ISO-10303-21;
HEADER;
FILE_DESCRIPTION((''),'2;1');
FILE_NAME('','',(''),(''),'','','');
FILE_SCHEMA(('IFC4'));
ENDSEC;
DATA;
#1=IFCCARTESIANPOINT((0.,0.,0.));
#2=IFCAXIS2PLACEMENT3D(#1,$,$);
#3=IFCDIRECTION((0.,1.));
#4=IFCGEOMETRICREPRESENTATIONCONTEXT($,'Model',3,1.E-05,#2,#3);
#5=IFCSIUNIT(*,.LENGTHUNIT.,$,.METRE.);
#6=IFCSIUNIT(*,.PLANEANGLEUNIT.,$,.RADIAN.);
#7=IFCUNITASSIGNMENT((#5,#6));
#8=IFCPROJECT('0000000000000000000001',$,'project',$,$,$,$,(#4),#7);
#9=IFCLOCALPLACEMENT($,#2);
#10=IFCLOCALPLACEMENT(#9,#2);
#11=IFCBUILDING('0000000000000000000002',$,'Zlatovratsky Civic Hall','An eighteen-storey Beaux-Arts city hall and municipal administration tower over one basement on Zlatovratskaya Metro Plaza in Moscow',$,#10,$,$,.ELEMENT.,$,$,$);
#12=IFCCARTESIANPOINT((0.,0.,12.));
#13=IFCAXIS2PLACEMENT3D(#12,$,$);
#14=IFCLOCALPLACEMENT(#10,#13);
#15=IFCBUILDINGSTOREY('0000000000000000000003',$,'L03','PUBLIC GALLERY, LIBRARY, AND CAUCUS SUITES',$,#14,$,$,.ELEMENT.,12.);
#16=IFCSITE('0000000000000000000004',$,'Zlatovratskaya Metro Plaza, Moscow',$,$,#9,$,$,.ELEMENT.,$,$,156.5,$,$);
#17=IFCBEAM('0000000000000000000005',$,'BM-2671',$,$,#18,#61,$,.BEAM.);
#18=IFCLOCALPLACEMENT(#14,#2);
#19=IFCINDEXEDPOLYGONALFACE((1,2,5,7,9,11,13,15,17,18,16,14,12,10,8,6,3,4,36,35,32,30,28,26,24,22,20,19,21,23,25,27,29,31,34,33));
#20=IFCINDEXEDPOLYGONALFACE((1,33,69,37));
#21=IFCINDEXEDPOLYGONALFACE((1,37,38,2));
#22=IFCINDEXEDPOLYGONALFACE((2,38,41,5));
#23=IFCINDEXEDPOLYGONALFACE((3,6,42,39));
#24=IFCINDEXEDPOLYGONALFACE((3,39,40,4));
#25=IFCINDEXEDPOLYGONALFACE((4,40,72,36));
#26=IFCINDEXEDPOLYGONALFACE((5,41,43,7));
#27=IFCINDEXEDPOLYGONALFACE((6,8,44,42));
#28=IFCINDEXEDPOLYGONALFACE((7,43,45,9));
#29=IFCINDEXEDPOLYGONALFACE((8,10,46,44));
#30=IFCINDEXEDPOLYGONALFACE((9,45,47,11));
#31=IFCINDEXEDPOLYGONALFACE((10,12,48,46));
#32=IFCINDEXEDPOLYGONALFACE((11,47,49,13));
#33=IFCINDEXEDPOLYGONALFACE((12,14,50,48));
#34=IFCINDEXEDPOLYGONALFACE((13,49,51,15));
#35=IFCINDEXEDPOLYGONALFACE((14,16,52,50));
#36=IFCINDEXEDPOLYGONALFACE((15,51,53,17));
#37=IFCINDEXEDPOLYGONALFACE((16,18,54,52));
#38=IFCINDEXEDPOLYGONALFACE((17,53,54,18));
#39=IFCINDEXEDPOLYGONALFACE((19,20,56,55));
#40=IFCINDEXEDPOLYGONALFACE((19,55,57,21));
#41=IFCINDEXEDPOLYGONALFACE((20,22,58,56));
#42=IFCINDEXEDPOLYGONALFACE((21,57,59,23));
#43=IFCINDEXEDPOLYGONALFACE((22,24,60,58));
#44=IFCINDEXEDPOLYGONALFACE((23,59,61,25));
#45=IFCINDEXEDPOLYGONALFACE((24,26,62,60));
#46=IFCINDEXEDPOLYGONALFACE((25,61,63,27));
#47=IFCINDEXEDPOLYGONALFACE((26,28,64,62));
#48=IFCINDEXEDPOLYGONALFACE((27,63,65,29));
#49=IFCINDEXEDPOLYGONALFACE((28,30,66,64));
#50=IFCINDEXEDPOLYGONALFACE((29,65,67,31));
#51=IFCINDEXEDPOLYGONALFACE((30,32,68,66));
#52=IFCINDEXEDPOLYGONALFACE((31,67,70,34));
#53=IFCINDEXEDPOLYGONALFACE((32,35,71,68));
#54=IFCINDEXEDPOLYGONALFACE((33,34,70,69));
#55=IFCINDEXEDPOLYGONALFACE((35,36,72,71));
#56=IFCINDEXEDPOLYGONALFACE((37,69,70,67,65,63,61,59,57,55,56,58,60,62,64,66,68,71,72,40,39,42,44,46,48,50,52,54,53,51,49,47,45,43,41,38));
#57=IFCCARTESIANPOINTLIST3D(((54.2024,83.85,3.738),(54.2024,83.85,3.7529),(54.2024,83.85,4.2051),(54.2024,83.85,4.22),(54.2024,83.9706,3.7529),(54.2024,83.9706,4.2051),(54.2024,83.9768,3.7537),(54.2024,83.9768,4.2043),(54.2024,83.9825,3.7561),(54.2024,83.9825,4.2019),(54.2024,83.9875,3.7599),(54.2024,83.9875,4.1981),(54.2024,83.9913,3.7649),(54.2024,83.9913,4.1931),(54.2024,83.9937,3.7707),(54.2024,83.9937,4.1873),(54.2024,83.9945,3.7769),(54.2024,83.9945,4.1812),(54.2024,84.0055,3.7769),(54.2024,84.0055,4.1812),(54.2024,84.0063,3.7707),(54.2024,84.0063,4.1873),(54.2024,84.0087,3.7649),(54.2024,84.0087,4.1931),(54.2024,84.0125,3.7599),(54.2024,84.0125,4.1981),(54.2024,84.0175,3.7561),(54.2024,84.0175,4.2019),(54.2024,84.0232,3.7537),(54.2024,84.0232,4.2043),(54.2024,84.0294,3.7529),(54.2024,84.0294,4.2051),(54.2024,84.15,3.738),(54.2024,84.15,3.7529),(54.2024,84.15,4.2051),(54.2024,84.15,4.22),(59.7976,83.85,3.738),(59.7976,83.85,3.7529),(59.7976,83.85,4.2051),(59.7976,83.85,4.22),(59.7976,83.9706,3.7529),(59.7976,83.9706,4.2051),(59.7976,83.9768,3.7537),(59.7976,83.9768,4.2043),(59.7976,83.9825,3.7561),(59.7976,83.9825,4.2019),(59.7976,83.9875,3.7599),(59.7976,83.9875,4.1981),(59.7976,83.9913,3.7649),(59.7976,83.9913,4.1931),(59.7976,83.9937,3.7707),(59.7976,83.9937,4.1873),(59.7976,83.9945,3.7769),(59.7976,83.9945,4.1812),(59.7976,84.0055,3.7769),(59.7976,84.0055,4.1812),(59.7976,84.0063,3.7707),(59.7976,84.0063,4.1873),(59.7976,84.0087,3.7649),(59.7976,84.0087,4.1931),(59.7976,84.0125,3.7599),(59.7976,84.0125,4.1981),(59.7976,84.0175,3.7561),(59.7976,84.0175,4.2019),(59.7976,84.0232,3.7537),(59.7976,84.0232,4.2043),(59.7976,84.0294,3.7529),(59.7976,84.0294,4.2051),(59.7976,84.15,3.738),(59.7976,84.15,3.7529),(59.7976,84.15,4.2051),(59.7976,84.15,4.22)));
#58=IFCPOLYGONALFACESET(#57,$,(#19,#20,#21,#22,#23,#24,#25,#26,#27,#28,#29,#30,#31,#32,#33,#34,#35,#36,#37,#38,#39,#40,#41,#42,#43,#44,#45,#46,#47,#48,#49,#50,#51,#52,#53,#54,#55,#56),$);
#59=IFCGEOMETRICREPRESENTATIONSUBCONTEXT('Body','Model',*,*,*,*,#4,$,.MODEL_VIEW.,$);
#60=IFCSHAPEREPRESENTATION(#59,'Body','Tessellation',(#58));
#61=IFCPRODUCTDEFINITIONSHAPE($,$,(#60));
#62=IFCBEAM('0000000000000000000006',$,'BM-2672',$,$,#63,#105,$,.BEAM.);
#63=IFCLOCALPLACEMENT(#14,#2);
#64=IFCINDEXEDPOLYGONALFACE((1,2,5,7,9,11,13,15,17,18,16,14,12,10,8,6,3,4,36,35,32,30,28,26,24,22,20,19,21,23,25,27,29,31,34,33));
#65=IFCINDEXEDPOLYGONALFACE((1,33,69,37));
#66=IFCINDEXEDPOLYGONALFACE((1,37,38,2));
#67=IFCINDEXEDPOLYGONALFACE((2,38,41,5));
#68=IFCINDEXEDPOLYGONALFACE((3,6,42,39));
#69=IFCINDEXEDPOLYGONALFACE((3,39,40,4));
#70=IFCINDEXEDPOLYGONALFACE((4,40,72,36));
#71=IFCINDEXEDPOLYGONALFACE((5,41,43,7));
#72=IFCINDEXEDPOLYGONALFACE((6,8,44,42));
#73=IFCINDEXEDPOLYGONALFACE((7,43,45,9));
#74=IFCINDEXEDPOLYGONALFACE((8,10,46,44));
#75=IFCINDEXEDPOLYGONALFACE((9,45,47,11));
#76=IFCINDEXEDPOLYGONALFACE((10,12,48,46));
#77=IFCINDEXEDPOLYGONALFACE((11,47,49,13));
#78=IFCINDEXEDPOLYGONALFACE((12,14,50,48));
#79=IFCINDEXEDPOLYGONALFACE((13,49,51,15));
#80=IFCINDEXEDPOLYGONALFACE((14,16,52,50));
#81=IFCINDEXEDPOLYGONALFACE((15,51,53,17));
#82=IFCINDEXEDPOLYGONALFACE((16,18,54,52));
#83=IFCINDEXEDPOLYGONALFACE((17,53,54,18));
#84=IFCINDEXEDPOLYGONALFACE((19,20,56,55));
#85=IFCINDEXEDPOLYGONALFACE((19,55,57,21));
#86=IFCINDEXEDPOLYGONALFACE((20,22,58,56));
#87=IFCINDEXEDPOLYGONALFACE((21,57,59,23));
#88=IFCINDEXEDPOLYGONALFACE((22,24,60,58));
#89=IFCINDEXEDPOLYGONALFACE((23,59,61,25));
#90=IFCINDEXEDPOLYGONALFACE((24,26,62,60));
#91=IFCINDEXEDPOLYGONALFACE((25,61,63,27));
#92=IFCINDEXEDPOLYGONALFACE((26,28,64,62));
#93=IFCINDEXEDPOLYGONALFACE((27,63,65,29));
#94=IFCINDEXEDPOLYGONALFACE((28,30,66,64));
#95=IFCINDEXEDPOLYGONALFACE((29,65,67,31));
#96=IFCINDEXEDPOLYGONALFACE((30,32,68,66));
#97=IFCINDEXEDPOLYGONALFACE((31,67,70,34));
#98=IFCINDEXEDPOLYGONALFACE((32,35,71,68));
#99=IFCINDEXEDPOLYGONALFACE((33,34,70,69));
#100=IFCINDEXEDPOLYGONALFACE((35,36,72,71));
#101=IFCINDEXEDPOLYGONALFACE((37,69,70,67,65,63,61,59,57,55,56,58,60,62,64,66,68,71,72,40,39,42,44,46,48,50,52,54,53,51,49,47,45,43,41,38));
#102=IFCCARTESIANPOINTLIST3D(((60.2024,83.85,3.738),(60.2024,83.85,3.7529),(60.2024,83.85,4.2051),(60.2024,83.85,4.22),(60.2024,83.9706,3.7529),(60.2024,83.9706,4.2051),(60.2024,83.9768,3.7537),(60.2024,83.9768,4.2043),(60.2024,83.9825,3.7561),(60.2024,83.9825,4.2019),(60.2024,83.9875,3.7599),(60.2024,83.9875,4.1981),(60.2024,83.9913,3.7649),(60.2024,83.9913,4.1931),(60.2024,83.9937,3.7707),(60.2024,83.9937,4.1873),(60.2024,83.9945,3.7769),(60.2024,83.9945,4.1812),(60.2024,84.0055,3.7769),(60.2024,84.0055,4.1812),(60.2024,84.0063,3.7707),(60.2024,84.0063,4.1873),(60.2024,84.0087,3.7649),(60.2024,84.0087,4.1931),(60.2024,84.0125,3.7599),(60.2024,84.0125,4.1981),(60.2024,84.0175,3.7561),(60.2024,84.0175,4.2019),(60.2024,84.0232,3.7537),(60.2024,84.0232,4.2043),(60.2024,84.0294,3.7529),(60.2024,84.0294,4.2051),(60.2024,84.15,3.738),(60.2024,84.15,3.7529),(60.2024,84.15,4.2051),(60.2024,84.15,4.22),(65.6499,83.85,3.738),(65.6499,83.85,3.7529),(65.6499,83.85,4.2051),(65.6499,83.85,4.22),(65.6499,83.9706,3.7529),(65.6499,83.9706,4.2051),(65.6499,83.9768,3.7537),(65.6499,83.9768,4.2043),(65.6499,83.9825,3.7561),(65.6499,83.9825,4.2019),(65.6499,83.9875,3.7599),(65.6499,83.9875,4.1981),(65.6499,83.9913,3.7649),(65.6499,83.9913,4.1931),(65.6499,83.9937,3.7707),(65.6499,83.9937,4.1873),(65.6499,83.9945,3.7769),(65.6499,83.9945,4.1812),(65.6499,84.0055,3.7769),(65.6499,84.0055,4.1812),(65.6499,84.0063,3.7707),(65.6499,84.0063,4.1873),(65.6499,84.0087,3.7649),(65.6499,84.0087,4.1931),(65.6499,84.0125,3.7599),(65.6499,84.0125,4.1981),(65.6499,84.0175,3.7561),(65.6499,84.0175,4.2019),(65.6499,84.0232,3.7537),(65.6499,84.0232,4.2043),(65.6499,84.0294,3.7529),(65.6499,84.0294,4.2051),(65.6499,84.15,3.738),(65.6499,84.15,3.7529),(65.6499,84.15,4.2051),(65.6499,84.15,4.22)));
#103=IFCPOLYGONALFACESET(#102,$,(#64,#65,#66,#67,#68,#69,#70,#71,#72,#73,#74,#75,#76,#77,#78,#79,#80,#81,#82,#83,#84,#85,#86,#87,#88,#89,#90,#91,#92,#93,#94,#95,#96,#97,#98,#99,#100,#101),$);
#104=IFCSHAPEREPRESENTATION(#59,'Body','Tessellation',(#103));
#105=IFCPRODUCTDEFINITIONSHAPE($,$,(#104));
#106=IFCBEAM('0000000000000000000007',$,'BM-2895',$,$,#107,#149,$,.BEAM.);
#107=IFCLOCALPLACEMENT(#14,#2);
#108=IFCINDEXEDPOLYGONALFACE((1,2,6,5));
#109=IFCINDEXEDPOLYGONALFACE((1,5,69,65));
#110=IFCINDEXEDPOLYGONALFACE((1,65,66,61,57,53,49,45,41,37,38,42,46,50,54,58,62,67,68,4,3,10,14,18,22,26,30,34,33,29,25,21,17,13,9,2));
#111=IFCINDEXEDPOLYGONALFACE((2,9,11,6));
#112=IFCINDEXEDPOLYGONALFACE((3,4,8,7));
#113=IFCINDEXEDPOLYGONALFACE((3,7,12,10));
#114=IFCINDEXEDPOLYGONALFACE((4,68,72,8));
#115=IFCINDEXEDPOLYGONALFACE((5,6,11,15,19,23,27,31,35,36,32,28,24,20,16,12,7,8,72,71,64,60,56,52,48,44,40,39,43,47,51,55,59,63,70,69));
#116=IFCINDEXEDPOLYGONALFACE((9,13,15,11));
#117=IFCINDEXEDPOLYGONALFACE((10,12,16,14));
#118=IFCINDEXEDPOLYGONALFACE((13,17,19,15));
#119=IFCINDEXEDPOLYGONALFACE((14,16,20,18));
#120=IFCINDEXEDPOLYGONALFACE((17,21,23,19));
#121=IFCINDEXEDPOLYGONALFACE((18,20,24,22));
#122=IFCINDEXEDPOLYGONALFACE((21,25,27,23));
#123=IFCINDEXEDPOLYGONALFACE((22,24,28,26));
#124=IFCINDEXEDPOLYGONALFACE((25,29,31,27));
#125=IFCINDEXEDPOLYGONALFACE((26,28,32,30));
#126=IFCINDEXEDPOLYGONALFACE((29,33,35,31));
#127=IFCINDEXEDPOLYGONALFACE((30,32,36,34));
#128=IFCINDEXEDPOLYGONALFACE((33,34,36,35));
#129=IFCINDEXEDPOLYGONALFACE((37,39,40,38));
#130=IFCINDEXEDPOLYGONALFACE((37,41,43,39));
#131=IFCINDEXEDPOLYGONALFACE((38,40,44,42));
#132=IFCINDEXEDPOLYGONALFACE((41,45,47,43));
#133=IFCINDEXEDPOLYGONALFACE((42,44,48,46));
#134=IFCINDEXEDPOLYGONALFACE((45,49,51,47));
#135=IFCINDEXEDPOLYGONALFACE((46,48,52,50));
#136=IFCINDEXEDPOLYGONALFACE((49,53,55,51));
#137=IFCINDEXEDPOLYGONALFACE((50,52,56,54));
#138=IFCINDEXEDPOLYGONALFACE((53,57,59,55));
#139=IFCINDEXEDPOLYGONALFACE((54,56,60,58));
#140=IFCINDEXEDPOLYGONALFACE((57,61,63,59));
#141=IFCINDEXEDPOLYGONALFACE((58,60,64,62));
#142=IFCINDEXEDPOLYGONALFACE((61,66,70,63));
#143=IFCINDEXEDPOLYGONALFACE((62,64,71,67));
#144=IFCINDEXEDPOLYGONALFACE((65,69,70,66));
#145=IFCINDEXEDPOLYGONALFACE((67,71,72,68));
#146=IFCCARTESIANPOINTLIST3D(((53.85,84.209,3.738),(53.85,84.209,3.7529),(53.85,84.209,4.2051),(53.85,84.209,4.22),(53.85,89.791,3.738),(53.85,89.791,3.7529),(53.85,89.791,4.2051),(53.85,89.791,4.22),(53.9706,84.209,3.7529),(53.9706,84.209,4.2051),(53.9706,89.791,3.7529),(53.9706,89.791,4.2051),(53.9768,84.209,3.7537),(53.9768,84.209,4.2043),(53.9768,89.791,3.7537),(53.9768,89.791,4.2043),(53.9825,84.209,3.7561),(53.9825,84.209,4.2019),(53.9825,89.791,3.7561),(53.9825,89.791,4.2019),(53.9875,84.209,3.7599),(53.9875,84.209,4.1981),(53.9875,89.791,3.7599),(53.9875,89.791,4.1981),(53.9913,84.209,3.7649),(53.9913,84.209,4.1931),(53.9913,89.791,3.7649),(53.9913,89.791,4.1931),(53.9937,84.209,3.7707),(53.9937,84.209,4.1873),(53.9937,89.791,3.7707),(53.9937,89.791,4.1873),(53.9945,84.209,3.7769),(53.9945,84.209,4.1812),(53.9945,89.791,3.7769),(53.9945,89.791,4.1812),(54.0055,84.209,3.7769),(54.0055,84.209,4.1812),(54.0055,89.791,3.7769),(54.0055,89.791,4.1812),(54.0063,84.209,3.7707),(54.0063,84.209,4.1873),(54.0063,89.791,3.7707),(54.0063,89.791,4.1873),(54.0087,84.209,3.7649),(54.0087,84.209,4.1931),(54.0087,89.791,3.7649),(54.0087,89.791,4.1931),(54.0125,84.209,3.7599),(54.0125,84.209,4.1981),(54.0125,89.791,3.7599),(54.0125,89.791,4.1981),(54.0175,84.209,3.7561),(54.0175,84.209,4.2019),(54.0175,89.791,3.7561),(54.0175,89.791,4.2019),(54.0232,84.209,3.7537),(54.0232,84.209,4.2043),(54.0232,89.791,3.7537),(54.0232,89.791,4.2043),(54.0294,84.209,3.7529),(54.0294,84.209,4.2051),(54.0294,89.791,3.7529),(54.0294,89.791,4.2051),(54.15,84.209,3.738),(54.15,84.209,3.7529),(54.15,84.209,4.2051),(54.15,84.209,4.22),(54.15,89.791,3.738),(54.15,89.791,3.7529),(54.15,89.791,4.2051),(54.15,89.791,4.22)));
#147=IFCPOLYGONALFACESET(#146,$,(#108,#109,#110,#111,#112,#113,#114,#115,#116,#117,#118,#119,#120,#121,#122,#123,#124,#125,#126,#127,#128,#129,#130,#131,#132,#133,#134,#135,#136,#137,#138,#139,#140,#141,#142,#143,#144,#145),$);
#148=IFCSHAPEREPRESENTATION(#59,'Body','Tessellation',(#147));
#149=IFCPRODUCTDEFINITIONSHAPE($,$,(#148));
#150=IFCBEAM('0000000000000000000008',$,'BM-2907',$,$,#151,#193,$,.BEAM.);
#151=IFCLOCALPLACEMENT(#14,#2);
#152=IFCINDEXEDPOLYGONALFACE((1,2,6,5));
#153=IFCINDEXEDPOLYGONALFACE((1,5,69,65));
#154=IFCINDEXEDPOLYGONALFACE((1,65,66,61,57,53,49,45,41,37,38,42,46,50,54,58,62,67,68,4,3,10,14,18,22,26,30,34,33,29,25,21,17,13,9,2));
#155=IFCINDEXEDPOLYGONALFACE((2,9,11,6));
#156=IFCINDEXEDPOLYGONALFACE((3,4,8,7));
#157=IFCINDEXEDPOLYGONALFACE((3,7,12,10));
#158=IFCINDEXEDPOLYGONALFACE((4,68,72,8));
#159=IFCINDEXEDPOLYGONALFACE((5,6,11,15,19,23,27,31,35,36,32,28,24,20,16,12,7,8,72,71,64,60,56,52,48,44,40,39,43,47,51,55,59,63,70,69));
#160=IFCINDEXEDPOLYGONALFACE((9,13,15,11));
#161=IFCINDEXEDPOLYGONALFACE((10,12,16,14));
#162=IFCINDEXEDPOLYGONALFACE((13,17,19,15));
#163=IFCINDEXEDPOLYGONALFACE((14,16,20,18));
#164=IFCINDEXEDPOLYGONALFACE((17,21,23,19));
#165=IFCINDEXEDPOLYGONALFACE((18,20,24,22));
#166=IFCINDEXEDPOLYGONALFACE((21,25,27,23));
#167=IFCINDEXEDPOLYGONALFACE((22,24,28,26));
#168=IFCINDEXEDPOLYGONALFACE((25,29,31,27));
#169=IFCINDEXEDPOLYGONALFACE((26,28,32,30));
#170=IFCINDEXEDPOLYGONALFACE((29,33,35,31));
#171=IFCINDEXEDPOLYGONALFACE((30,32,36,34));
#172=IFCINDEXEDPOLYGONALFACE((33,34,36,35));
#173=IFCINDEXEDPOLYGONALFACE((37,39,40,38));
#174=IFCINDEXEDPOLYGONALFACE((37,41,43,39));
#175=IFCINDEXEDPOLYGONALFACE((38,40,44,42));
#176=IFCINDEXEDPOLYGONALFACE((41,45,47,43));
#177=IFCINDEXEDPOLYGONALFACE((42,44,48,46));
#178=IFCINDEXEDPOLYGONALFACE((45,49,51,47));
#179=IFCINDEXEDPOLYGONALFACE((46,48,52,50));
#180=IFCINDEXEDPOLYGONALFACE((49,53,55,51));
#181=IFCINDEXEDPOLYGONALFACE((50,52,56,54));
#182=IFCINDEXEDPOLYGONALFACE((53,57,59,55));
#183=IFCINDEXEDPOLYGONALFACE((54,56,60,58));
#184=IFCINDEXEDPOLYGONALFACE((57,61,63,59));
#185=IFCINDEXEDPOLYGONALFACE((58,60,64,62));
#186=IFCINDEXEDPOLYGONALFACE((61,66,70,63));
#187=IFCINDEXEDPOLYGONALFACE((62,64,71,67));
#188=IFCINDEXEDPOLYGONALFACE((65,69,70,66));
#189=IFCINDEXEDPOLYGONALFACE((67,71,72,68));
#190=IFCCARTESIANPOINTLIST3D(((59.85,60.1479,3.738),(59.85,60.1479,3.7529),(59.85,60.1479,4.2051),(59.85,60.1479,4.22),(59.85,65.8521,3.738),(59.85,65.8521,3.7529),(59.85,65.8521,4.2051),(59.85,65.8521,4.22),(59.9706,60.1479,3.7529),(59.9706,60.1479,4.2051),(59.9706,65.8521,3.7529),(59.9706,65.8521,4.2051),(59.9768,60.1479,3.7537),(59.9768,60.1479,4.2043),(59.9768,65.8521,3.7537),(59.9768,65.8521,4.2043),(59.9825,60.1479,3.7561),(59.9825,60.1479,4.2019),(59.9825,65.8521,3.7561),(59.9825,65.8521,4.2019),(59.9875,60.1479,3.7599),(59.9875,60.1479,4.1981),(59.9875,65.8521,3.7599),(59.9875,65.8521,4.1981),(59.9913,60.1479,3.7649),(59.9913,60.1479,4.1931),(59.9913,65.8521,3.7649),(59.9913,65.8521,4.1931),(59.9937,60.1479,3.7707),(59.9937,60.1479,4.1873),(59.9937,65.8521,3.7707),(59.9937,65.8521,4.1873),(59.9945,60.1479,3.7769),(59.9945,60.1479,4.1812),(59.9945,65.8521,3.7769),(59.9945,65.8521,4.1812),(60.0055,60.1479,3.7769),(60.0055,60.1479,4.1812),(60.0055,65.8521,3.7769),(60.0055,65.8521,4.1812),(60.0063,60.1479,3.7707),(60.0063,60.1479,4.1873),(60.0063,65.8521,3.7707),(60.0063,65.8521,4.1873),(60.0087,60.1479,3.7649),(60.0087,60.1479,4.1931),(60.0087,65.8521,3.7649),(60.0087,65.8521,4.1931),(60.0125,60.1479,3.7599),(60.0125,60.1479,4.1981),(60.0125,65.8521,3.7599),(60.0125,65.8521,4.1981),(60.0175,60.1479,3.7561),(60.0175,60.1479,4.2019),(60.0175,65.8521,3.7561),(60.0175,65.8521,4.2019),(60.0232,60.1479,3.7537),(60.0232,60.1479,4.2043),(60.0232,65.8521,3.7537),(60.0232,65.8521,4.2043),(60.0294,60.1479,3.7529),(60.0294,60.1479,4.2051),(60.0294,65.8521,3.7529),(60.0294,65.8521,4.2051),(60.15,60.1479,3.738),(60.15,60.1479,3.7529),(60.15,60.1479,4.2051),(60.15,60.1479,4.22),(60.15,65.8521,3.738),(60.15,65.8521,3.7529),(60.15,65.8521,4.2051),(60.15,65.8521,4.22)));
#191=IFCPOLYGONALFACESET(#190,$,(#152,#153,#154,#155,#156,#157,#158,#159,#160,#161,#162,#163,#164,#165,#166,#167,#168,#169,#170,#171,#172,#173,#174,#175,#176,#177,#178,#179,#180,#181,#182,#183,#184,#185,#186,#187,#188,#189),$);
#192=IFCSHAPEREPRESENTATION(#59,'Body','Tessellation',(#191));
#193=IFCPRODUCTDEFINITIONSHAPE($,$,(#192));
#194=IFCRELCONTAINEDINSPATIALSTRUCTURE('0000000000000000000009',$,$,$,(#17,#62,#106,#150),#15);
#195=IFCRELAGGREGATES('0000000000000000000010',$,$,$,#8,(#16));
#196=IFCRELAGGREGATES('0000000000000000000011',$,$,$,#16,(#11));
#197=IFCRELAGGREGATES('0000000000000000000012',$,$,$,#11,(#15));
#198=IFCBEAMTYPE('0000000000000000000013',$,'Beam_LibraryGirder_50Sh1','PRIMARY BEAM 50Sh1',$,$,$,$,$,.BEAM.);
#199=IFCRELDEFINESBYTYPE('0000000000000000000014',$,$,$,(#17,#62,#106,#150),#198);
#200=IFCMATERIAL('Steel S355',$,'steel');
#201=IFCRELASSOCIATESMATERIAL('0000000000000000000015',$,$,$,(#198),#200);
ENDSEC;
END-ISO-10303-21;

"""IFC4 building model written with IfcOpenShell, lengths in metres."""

from ifc_helpers import new_model, si_unit, direction, frame, origin, origin_2d, place, context, subcontext, project, spatial, i_section, extrude, material, material_profile, profile_set, type_object, element, save


model = new_model("IFC4")

# Units and contexts
model_context = context("Model", 3, precision=1e-05, world=origin(), true_north=direction((0.0, 1.0)))
body_context = subcontext(model_context, "Body", "Model", "MODEL_VIEW")
ifc_project = project(units=[si_unit("LENGTHUNIT", "METRE"), si_unit("PLANEANGLEUNIT", "RADIAN")], contexts=[model_context])

# Site, building, storey
site_placement = place(None, origin())
site = spatial("IfcSite", under=ifc_project, at=site_placement, Name="Zlatovratskaya Metro Plaza, Moscow", CompositionType="ELEMENT", RefElevation=156.5)
building_placement = place(site_placement, origin())
building = spatial("IfcBuilding", under=site, at=building_placement, Name="Zlatovratsky Civic Hall", Description="An eighteen-storey Beaux-Arts city hall and municipal administration tower over one basement on Zlatovratskaya Metro Plaza in Moscow", CompositionType="ELEMENT")
storey_placement = place(building_placement, frame((0.0, 0.0, 12.0)))
storey = spatial("IfcBuildingStorey", under=building, at=storey_placement, Name="L03", Description="PUBLIC GALLERY, LIBRARY, AND CAUCUS SUITES", CompositionType="ELEMENT", Elevation=12.0)

# Shared definitions
ifc_material_1 = material(Name="Steel S355", Category="steel")

# Beams
ifc_material_profile_1 = material_profile(ifc_material_1, i_section(OverallWidth=0.3, OverallDepth=0.4819, WebThickness=0.011, FlangeThickness=0.0149, FilletRadius=0.0239, at=origin_2d()), Name="50Sh1")
ifc_profile_set_1 = profile_set([ifc_material_profile_1], Name="Steel S355")
beam_type = type_object("IfcBeamType", Name="Beam_LibraryGirder_50Sh1", Description="PRIMARY BEAM 50Sh1", PredefinedType="BEAM", material=ifc_profile_set_1)
for number, where, z_axis, x_axis, name in (
    (1, (54.2024, 84.0, 3.979), (1.0, 0.0, 0.0), (0.0, 1.0, 0.0), "BM-2671"),
):
    element("IfcBeam", number, at=place(storey_placement, frame(where, z_axis=z_axis, x_axis=x_axis)), inside=storey, type_object=beam_type, Name=name, PredefinedType="BEAM", context=body_context, shape_type="SweptSolid", body=[
        extrude(i_section(OverallWidth=0.3, OverallDepth=0.4819, WebThickness=0.011, FlangeThickness=0.0149, FilletRadius=0.0239, at=origin_2d()), origin(), (0.0, 0.0, 1.0), 5.5952),
    ])
beam_1_placement = place(storey_placement, frame((60.2024, 84.0, 3.979), z_axis=(1.0, 0.0, 0.0), x_axis=(0.0, 1.0, 0.0)))
element("IfcBeam", 2, at=beam_1_placement, inside=storey, type_object=beam_type, Name="BM-2672", PredefinedType="BEAM", context=body_context, shape_type="SweptSolid", body=[
    extrude(i_section(OverallWidth=0.3, OverallDepth=0.4819, WebThickness=0.011, FlangeThickness=0.0149, FilletRadius=0.0239, at=origin_2d()), origin(), (0.0, 0.0, 1.0), 5.4475),
])
beam_2_placement = place(storey_placement, frame((54.0, 84.209, 3.979), z_axis=(0.0, 1.0, 0.0), x_axis=(-1.0, 0.0, 0.0)))
element("IfcBeam", 3, at=beam_2_placement, inside=storey, type_object=beam_type, Name="BM-2895", PredefinedType="BEAM", context=body_context, shape_type="SweptSolid", body=[
    extrude(i_section(OverallWidth=0.3, OverallDepth=0.4819, WebThickness=0.011, FlangeThickness=0.0149, FilletRadius=0.0239, at=origin_2d()), origin(), (0.0, 0.0, 1.0), 5.582),
])
beam_3_placement = place(storey_placement, frame((60.0, 60.1479, 3.979), z_axis=(0.0, 1.0, 0.0), x_axis=(-1.0, 0.0, 0.0)))
element("IfcBeam", 4, at=beam_3_placement, inside=storey, type_object=beam_type, Name="BM-2907", PredefinedType="BEAM", context=body_context, shape_type="SweptSolid", body=[
    extrude(i_section(OverallWidth=0.3, OverallDepth=0.4819, WebThickness=0.011, FlangeThickness=0.0149, FilletRadius=0.0239, at=origin_2d()), origin(), (0.0, 0.0, 1.0), 5.7041),
])

save(model, "model.ifc")
